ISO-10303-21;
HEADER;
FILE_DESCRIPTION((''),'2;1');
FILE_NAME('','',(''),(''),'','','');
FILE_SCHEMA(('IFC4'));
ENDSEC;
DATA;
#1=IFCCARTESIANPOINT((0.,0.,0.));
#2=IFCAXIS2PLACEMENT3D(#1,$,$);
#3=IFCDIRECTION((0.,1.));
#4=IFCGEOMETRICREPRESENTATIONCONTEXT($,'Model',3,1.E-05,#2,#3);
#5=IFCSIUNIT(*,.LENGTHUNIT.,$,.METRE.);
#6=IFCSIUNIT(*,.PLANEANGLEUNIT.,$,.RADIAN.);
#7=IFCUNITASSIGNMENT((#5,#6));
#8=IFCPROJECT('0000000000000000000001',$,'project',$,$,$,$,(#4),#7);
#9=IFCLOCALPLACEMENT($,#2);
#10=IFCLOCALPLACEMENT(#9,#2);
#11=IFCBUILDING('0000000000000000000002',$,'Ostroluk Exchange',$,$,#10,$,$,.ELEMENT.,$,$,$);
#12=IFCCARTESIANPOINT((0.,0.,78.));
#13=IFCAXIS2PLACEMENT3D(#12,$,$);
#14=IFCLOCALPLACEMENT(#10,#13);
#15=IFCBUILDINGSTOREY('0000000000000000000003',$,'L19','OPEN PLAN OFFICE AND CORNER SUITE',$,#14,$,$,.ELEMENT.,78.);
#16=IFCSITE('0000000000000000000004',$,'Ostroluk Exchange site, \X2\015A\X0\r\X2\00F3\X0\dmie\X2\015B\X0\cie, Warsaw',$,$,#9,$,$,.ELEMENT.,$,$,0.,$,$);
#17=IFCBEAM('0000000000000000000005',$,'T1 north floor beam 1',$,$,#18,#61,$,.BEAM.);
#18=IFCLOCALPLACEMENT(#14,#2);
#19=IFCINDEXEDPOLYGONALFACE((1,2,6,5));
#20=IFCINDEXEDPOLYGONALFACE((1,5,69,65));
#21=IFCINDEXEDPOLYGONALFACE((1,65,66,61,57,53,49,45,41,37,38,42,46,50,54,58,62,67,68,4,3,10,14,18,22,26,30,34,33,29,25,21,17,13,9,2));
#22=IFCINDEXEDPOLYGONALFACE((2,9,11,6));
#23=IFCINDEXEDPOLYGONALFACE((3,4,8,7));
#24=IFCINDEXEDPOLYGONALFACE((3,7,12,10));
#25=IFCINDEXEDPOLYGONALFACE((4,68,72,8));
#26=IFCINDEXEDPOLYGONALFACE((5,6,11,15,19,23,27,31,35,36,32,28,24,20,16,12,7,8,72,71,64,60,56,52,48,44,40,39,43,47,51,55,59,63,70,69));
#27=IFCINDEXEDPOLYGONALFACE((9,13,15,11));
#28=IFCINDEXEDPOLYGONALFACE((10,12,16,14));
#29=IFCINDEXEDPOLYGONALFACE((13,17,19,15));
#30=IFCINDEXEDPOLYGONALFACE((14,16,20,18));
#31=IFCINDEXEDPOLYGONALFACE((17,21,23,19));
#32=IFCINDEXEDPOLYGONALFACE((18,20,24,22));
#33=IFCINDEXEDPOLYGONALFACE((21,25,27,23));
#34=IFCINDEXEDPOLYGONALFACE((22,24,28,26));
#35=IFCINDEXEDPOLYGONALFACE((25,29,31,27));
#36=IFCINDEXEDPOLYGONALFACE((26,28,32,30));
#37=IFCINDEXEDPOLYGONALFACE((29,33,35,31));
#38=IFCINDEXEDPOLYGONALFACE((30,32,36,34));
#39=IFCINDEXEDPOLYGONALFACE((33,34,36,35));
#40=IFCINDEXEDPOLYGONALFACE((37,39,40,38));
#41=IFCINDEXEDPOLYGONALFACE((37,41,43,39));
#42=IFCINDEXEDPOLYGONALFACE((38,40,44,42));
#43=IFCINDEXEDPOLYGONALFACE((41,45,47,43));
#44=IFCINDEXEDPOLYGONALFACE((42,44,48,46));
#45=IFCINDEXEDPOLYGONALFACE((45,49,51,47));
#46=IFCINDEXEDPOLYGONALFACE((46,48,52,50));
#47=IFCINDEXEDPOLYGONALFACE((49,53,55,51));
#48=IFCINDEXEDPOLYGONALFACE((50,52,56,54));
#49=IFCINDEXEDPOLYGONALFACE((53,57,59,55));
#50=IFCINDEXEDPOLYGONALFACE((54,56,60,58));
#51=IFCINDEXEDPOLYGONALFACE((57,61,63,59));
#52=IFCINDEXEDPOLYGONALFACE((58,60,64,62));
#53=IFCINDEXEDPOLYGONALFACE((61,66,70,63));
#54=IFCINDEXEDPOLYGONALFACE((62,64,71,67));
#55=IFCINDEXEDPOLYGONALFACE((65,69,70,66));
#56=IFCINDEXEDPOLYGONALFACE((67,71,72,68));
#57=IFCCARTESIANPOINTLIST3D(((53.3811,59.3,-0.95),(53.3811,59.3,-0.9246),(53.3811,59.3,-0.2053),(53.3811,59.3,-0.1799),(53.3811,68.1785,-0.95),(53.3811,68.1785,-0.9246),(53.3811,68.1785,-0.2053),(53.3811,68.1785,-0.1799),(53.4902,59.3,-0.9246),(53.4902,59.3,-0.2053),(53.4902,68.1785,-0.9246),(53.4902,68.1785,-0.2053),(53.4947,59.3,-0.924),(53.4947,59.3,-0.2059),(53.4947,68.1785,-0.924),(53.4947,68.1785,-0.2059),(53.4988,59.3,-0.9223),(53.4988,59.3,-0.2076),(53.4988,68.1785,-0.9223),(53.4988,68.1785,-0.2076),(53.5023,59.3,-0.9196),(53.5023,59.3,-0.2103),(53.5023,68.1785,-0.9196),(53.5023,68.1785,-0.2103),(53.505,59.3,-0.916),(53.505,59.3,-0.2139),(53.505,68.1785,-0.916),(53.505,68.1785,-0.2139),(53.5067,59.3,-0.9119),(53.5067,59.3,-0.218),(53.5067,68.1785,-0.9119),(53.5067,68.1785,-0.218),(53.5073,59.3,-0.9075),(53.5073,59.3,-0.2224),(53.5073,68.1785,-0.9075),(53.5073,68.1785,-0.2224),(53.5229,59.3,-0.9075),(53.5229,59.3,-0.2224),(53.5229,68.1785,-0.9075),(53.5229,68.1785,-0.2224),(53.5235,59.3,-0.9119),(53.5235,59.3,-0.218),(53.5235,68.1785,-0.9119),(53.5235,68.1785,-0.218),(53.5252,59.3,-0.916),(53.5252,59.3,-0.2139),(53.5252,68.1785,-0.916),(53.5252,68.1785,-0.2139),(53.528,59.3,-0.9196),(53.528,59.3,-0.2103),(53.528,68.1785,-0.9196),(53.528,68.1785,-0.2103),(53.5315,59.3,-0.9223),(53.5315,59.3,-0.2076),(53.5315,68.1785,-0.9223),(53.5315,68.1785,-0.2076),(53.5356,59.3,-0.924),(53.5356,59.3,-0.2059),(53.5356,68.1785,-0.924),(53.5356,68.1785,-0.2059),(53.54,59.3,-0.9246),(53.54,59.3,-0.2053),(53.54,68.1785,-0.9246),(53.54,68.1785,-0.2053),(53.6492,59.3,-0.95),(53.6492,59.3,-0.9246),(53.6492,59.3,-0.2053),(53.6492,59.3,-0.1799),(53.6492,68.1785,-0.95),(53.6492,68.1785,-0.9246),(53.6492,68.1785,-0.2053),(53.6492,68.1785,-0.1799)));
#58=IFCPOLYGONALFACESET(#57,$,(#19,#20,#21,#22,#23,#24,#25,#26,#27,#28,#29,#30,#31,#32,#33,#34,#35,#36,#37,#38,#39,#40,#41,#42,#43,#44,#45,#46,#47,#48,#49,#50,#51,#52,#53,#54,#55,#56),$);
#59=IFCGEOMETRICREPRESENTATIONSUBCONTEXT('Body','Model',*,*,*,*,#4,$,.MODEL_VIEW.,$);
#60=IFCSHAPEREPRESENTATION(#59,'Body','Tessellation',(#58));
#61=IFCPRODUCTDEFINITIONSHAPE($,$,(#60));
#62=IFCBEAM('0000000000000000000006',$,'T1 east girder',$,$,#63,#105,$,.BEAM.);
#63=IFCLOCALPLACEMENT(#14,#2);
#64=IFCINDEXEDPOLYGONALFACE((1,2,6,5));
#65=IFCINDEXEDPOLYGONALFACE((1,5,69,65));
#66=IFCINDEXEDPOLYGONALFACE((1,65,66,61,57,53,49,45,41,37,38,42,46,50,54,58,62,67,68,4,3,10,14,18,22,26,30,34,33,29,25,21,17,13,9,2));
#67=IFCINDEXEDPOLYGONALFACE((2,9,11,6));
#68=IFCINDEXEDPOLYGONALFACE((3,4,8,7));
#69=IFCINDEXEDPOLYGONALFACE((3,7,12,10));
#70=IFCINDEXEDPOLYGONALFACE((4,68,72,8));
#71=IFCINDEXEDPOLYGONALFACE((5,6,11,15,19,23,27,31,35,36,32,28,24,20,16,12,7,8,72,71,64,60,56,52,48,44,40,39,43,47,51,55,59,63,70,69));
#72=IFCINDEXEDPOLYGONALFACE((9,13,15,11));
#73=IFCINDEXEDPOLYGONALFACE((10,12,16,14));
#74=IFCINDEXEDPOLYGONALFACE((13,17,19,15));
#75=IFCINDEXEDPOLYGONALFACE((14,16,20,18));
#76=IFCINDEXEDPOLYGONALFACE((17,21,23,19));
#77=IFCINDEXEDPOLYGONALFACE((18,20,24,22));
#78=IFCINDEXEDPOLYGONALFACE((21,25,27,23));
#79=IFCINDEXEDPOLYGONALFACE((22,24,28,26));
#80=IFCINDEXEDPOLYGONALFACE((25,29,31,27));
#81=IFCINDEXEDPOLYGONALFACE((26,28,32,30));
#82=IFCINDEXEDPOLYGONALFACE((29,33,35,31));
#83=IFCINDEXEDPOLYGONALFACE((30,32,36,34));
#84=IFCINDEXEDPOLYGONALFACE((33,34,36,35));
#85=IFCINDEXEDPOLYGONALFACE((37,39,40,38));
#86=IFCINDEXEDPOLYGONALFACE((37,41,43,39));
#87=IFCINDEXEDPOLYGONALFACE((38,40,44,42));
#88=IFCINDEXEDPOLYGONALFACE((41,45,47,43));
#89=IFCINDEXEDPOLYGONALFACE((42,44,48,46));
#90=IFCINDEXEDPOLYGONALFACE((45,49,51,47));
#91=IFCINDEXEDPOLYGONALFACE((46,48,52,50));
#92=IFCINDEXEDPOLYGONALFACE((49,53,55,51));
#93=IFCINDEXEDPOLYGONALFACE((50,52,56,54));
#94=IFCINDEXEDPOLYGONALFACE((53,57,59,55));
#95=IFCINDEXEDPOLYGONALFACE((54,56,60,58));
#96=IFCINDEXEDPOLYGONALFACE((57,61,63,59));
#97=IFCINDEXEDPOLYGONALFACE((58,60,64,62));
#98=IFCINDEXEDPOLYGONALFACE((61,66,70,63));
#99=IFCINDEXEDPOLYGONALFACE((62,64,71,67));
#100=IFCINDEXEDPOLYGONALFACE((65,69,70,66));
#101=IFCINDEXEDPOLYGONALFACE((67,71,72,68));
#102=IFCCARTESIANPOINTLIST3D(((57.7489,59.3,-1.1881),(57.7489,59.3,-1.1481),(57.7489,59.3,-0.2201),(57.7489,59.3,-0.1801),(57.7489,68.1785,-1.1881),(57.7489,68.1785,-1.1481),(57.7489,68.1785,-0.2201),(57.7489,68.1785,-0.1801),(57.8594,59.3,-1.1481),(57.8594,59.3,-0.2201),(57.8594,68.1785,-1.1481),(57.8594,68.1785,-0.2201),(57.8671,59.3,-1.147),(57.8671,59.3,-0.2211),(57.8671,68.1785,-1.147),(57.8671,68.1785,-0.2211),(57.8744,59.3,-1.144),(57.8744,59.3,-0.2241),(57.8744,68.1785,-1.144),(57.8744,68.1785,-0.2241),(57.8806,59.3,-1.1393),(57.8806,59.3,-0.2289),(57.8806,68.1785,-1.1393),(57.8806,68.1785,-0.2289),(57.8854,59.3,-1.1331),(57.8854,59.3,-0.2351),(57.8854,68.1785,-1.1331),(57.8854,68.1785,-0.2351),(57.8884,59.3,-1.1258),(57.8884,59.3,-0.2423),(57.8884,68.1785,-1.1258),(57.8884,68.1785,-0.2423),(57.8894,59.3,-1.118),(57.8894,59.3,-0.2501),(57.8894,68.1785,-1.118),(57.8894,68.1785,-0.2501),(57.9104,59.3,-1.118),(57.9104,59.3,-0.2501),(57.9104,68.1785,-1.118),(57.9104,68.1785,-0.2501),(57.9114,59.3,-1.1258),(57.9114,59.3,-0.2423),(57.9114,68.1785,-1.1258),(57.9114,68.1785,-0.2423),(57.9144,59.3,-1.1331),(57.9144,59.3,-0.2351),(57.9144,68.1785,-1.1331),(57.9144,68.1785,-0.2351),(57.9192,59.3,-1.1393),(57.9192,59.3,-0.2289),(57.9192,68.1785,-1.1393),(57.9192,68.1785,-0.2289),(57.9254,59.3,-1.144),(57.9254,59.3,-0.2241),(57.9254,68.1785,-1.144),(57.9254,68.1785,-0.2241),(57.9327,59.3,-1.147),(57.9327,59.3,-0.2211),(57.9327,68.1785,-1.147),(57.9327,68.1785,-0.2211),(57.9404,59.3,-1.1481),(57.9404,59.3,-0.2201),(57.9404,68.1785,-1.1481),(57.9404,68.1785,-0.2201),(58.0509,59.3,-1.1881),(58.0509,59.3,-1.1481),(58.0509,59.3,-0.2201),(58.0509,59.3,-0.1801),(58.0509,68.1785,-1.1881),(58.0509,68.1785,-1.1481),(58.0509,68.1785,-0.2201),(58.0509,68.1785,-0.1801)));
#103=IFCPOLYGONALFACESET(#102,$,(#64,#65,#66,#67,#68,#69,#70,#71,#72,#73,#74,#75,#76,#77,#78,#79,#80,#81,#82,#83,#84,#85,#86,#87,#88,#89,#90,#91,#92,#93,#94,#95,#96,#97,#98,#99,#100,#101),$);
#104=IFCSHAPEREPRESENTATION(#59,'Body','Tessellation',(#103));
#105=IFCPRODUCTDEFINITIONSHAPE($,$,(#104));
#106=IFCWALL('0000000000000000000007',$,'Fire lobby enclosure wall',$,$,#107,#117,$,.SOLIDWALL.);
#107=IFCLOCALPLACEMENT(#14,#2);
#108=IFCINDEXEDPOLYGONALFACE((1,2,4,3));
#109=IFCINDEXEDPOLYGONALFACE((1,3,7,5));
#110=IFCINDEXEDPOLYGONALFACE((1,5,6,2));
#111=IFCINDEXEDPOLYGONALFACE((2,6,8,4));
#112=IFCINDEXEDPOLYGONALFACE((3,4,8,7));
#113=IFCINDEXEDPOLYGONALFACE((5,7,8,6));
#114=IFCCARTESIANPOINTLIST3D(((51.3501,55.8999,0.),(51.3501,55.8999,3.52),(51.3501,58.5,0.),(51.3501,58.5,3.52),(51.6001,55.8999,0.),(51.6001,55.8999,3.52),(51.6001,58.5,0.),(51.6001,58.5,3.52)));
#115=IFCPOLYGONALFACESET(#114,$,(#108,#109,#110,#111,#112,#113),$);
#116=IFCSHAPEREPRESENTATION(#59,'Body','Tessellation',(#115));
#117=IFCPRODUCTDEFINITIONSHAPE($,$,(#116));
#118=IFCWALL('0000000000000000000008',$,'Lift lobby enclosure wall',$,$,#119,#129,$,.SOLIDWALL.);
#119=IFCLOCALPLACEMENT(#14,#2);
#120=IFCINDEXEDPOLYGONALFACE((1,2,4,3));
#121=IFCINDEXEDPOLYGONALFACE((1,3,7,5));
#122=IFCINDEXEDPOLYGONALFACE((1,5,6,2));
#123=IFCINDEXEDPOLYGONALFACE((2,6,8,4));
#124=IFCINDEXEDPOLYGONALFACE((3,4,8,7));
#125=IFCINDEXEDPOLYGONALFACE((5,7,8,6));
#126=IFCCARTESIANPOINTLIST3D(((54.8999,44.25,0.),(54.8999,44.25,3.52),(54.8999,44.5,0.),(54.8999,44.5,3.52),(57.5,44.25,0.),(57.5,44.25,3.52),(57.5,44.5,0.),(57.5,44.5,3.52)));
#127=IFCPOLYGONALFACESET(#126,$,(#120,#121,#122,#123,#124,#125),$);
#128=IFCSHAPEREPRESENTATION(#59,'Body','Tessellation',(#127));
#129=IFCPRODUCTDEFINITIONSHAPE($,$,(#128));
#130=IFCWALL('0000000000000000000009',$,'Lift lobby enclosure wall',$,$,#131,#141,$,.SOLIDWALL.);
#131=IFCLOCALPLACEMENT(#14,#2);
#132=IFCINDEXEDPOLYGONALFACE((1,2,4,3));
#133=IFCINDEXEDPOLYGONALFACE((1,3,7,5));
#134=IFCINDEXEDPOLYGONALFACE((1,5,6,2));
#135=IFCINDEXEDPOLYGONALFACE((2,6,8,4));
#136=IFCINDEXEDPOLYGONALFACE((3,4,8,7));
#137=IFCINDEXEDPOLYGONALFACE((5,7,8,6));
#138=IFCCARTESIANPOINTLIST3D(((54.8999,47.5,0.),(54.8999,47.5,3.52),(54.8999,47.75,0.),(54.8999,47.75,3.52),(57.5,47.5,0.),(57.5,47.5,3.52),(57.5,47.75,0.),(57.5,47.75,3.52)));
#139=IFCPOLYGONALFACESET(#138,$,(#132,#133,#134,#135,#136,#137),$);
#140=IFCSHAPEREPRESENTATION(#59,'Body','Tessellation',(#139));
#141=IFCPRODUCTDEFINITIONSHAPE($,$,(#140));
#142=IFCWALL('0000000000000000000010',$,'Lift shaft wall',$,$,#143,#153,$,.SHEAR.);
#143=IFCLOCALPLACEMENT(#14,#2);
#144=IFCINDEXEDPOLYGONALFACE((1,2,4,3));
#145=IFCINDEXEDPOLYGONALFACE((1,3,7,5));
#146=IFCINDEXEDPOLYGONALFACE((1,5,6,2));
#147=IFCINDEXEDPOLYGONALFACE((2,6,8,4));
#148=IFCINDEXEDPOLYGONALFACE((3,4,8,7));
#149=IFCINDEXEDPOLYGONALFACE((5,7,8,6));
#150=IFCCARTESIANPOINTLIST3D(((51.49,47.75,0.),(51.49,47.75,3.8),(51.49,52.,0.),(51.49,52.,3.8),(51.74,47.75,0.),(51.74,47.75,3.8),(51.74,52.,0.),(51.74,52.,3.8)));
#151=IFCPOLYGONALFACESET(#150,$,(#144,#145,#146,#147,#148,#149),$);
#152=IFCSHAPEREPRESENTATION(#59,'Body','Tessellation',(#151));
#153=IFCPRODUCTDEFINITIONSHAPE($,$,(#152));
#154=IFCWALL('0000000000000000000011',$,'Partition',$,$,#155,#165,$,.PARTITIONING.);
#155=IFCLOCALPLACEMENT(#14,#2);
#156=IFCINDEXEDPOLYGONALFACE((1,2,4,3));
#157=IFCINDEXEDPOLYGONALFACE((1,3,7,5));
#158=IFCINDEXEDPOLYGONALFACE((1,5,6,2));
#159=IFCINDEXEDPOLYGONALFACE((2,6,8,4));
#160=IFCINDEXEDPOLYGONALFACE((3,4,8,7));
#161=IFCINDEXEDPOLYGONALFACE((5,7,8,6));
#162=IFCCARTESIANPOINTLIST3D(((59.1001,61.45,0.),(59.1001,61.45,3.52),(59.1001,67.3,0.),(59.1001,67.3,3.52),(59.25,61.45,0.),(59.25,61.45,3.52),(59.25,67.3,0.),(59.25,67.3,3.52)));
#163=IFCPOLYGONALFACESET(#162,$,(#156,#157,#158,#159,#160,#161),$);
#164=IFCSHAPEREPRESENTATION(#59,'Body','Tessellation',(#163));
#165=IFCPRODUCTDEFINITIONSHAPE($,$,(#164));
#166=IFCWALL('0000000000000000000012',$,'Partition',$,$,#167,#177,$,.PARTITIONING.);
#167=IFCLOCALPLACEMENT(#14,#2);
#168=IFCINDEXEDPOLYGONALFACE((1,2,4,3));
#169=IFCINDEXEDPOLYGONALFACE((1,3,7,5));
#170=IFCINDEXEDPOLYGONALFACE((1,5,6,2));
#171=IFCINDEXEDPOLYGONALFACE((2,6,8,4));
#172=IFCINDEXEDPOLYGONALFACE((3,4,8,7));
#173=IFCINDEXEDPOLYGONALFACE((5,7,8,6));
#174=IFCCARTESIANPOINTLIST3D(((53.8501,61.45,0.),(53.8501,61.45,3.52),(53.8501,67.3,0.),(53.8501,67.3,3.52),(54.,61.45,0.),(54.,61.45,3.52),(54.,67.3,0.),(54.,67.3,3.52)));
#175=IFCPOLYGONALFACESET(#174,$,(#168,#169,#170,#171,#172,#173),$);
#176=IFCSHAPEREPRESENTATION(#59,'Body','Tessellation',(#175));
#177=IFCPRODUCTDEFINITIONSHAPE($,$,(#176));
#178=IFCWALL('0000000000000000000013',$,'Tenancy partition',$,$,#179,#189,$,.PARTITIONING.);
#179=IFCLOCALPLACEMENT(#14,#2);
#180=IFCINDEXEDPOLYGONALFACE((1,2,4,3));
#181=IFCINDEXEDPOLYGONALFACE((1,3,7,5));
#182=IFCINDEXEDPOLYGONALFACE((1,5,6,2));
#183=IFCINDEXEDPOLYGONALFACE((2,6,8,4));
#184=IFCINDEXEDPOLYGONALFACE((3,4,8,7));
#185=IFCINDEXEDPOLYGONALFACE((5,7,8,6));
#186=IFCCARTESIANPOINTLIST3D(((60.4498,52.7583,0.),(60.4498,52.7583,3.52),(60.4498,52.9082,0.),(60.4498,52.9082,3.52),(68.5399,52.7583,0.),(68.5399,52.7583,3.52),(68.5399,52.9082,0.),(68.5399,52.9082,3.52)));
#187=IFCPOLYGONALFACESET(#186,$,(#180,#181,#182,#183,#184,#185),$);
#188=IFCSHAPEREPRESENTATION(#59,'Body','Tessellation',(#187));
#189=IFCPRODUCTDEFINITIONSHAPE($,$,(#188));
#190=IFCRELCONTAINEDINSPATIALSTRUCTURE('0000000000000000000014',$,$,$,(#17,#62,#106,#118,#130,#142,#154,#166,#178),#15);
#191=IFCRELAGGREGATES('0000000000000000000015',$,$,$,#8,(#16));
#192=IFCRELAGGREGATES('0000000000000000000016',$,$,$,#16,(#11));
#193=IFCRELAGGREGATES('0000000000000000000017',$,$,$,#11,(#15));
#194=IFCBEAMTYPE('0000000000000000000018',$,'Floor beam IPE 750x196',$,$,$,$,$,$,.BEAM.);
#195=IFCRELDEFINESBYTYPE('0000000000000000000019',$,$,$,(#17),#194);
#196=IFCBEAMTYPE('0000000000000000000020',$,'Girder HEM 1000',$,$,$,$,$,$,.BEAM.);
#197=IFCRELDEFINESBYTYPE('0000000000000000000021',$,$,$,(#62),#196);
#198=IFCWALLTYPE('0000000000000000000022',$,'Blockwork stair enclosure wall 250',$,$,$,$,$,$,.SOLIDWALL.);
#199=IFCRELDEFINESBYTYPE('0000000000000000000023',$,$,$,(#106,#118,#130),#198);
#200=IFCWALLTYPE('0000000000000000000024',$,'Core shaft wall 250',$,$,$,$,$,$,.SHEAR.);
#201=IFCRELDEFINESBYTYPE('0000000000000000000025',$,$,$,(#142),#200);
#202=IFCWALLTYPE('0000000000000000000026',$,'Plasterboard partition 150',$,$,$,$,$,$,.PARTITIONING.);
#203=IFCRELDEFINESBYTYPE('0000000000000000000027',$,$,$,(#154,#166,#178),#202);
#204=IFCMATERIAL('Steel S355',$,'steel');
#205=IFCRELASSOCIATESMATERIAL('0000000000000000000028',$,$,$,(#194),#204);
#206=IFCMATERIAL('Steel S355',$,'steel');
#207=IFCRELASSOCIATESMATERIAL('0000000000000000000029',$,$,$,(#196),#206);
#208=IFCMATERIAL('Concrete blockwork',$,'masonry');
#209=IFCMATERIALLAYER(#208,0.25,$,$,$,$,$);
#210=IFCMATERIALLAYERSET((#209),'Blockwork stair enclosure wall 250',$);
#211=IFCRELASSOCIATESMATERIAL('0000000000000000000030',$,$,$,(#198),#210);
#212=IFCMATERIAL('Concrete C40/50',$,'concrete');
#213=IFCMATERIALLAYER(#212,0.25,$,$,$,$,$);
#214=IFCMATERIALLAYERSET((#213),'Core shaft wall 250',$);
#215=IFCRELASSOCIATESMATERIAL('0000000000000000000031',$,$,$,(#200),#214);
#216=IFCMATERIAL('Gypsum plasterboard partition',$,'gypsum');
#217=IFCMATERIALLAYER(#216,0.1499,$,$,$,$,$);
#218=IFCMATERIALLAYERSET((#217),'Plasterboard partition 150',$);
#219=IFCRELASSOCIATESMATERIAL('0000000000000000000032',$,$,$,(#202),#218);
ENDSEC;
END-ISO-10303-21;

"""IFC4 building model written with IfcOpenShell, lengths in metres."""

from ifc_helpers import new_model, si_unit, direction, frame, frame_2d, origin, origin_2d, place, context, subcontext, project, spatial, rectangle, i_section, extrude, material, layer, layer_set, material_profile, profile_set, type_object, element, save


model = new_model("IFC4")

# Units and contexts
model_context = context("Model", 3, precision=1e-05, world=origin(), true_north=direction((0.0, 1.0)))
body_context = subcontext(model_context, "Body", "Model", "MODEL_VIEW")
ifc_project = project(units=[si_unit("LENGTHUNIT", "METRE"), si_unit("PLANEANGLEUNIT", "RADIAN")], contexts=[model_context])

# Site, building, storey
site_placement = place(None, origin())
site = spatial("IfcSite", under=ifc_project, at=site_placement, Name="Ostroluk Exchange site, Śródmieście, Warsaw", CompositionType="ELEMENT", RefElevation=0.0)
building_placement = place(site_placement, origin())
building = spatial("IfcBuilding", under=site, at=building_placement, Name="Ostroluk Exchange", CompositionType="ELEMENT")
storey_placement = place(building_placement, frame((0.0, 0.0, 78.0)))
storey = spatial("IfcBuildingStorey", under=building, at=storey_placement, Name="L19", Description="OPEN PLAN OFFICE AND CORNER SUITE", CompositionType="ELEMENT", Elevation=78.0)

# Beams
ifc_material_1 = material(Name="Steel S355", Category="steel")
ifc_material_profile_1 = material_profile(ifc_material_1, i_section(OverallWidth=0.2681, OverallDepth=0.77, WebThickness=0.0156, FlangeThickness=0.0254, FilletRadius=0.0171, at=origin_2d()), Name="IPE 750x196")
ifc_profile_set_1 = profile_set([ifc_material_profile_1], Name="Steel S355")
beam_type_1 = type_object("IfcBeamType", Name="Floor beam IPE 750x196", PredefinedType="BEAM", material=ifc_profile_set_1)
for number, where, z_axis, x_axis, name in (
    (1, (53.5151, 59.3, -0.5649), (0.0, 1.0, 0.0), (-1.0, 0.0, 0.0), "T1 north floor beam 1"),
):
    element("IfcBeam", number, at=place(storey_placement, frame(where, z_axis=z_axis, x_axis=x_axis)), inside=storey, type_object=beam_type_1, Name=name, PredefinedType="BEAM", context=body_context, shape_type="SweptSolid", body=[
        extrude(i_section(OverallWidth=0.2681, OverallDepth=0.77, WebThickness=0.0156, FlangeThickness=0.0254, FilletRadius=0.0171, at=origin_2d()), origin(), (0.0, 0.0, 1.0), 8.8784),
    ])
ifc_material_2 = material(Name="Steel S355", Category="steel")
ifc_material_profile_2 = material_profile(ifc_material_2, i_section(OverallWidth=0.302, OverallDepth=1.0081, WebThickness=0.021, FlangeThickness=0.04, FilletRadius=0.03, at=origin_2d()), Name="HEM 1000")
ifc_profile_set_2 = profile_set([ifc_material_profile_2], Name="Steel S355")
beam_type_2 = type_object("IfcBeamType", Name="Girder HEM 1000", PredefinedType="BEAM", material=ifc_profile_set_2)
beam_1_placement = place(storey_placement, frame((57.8999, 59.3, -0.6841), z_axis=(0.0, 1.0, 0.0), x_axis=(-1.0, 0.0, 0.0)))
element("IfcBeam", 2, at=beam_1_placement, inside=storey, type_object=beam_type_2, Name="T1 east girder", PredefinedType="BEAM", context=body_context, shape_type="SweptSolid", body=[
    extrude(i_section(OverallWidth=0.302, OverallDepth=1.0081, WebThickness=0.021, FlangeThickness=0.04, FilletRadius=0.03, at=origin_2d()), origin(), (0.0, 0.0, 1.0), 8.8784),
])

# Walls
ifc_material_3 = material(Name="Concrete blockwork", Category="masonry")
ifc_layer_1 = layer(ifc_material_3, 0.25)
ifc_layer_set_1 = layer_set([ifc_layer_1], Name="Blockwork stair enclosure wall 250")
wall_type_1 = type_object("IfcWallType", Name="Blockwork stair enclosure wall 250", PredefinedType="SOLIDWALL", material=ifc_layer_set_1)
for number, where, z_axis, x_axis, name in (
    (3, (51.4751, 55.8999, 0.0), (0.0, 0.0, 1.0), (0.0, 1.0, 0.0), "Fire lobby enclosure wall"),
    (4, (54.8999, 44.375, 0.0), (0.0, 0.0, 1.0), (1.0, 0.0, 0.0), "Lift lobby enclosure wall"),
    (5, (54.8999, 47.625, 0.0), (0.0, 0.0, 1.0), (1.0, 0.0, 0.0), "Lift lobby enclosure wall"),
):
    element("IfcWall", number, at=place(storey_placement, frame(where, z_axis=z_axis, x_axis=x_axis)), inside=storey, type_object=wall_type_1, Name=name, PredefinedType="SOLIDWALL", context=body_context, shape_type="SweptSolid", body=[
        extrude(rectangle(XDim=2.6001, YDim=0.25, at=frame_2d((1.3, 0.0))), origin(), (0.0, 0.0, 1.0), 3.52),
    ])
ifc_material_4 = material(Name="Concrete C40/50", Category="concrete")
ifc_layer_2 = layer(ifc_material_4, 0.25)
ifc_layer_set_2 = layer_set([ifc_layer_2], Name="Core shaft wall 250")
wall_type_2 = type_object("IfcWallType", Name="Core shaft wall 250", PredefinedType="SHEAR", material=ifc_layer_set_2)
wall_1_placement = place(storey_placement, frame((51.615, 47.75, 0.0), z_axis=(0.0, 0.0, 1.0), x_axis=(0.0, 1.0, 0.0)))
element("IfcWall", 6, at=wall_1_placement, inside=storey, type_object=wall_type_2, Name="Lift shaft wall", PredefinedType="SHEAR", context=body_context, shape_type="SweptSolid", body=[
    extrude(rectangle(XDim=4.25, YDim=0.25, at=frame_2d((2.125, 0.0))), origin(), (0.0, 0.0, 1.0), 3.8),
])
ifc_material_5 = material(Name="Gypsum plasterboard partition", Category="gypsum")
ifc_layer_3 = layer(ifc_material_5, 0.1499)
ifc_layer_set_3 = layer_set([ifc_layer_3], Name="Plasterboard partition 150")
wall_type_3 = type_object("IfcWallType", Name="Plasterboard partition 150", PredefinedType="PARTITIONING", material=ifc_layer_set_3)
for number, where, z_axis, x_axis, name in (
    (7, (59.175, 61.45, 0.0), (0.0, 0.0, 1.0), (0.0, 1.0, 0.0), "Partition"),
    (8, (53.925, 61.45, 0.0), (0.0, 0.0, 1.0), (0.0, 1.0, 0.0), "Partition"),
):
    element("IfcWall", number, at=place(storey_placement, frame(where, z_axis=z_axis, x_axis=x_axis)), inside=storey, type_object=wall_type_3, Name=name, PredefinedType="PARTITIONING", context=body_context, shape_type="SweptSolid", body=[
        extrude(rectangle(XDim=5.8501, YDim=0.1499, at=frame_2d((2.925, 0.0))), origin(), (0.0, 0.0, 1.0), 3.52),
    ])
wall_2_placement = place(storey_placement, frame((60.45, 52.8333, 0.0), z_axis=(0.0, 0.0, 1.0), x_axis=(1.0, 0.0, 0.0)))
element("IfcWall", 9, at=wall_2_placement, inside=storey, type_object=wall_type_3, Name="Tenancy partition", PredefinedType="PARTITIONING", context=body_context, shape_type="SweptSolid", body=[
    extrude(rectangle(XDim=8.0901, YDim=0.1499, at=frame_2d((4.0449, 0.0))), origin(), (0.0, 0.0, 1.0), 3.52),
])

save(model, "model.ifc")
